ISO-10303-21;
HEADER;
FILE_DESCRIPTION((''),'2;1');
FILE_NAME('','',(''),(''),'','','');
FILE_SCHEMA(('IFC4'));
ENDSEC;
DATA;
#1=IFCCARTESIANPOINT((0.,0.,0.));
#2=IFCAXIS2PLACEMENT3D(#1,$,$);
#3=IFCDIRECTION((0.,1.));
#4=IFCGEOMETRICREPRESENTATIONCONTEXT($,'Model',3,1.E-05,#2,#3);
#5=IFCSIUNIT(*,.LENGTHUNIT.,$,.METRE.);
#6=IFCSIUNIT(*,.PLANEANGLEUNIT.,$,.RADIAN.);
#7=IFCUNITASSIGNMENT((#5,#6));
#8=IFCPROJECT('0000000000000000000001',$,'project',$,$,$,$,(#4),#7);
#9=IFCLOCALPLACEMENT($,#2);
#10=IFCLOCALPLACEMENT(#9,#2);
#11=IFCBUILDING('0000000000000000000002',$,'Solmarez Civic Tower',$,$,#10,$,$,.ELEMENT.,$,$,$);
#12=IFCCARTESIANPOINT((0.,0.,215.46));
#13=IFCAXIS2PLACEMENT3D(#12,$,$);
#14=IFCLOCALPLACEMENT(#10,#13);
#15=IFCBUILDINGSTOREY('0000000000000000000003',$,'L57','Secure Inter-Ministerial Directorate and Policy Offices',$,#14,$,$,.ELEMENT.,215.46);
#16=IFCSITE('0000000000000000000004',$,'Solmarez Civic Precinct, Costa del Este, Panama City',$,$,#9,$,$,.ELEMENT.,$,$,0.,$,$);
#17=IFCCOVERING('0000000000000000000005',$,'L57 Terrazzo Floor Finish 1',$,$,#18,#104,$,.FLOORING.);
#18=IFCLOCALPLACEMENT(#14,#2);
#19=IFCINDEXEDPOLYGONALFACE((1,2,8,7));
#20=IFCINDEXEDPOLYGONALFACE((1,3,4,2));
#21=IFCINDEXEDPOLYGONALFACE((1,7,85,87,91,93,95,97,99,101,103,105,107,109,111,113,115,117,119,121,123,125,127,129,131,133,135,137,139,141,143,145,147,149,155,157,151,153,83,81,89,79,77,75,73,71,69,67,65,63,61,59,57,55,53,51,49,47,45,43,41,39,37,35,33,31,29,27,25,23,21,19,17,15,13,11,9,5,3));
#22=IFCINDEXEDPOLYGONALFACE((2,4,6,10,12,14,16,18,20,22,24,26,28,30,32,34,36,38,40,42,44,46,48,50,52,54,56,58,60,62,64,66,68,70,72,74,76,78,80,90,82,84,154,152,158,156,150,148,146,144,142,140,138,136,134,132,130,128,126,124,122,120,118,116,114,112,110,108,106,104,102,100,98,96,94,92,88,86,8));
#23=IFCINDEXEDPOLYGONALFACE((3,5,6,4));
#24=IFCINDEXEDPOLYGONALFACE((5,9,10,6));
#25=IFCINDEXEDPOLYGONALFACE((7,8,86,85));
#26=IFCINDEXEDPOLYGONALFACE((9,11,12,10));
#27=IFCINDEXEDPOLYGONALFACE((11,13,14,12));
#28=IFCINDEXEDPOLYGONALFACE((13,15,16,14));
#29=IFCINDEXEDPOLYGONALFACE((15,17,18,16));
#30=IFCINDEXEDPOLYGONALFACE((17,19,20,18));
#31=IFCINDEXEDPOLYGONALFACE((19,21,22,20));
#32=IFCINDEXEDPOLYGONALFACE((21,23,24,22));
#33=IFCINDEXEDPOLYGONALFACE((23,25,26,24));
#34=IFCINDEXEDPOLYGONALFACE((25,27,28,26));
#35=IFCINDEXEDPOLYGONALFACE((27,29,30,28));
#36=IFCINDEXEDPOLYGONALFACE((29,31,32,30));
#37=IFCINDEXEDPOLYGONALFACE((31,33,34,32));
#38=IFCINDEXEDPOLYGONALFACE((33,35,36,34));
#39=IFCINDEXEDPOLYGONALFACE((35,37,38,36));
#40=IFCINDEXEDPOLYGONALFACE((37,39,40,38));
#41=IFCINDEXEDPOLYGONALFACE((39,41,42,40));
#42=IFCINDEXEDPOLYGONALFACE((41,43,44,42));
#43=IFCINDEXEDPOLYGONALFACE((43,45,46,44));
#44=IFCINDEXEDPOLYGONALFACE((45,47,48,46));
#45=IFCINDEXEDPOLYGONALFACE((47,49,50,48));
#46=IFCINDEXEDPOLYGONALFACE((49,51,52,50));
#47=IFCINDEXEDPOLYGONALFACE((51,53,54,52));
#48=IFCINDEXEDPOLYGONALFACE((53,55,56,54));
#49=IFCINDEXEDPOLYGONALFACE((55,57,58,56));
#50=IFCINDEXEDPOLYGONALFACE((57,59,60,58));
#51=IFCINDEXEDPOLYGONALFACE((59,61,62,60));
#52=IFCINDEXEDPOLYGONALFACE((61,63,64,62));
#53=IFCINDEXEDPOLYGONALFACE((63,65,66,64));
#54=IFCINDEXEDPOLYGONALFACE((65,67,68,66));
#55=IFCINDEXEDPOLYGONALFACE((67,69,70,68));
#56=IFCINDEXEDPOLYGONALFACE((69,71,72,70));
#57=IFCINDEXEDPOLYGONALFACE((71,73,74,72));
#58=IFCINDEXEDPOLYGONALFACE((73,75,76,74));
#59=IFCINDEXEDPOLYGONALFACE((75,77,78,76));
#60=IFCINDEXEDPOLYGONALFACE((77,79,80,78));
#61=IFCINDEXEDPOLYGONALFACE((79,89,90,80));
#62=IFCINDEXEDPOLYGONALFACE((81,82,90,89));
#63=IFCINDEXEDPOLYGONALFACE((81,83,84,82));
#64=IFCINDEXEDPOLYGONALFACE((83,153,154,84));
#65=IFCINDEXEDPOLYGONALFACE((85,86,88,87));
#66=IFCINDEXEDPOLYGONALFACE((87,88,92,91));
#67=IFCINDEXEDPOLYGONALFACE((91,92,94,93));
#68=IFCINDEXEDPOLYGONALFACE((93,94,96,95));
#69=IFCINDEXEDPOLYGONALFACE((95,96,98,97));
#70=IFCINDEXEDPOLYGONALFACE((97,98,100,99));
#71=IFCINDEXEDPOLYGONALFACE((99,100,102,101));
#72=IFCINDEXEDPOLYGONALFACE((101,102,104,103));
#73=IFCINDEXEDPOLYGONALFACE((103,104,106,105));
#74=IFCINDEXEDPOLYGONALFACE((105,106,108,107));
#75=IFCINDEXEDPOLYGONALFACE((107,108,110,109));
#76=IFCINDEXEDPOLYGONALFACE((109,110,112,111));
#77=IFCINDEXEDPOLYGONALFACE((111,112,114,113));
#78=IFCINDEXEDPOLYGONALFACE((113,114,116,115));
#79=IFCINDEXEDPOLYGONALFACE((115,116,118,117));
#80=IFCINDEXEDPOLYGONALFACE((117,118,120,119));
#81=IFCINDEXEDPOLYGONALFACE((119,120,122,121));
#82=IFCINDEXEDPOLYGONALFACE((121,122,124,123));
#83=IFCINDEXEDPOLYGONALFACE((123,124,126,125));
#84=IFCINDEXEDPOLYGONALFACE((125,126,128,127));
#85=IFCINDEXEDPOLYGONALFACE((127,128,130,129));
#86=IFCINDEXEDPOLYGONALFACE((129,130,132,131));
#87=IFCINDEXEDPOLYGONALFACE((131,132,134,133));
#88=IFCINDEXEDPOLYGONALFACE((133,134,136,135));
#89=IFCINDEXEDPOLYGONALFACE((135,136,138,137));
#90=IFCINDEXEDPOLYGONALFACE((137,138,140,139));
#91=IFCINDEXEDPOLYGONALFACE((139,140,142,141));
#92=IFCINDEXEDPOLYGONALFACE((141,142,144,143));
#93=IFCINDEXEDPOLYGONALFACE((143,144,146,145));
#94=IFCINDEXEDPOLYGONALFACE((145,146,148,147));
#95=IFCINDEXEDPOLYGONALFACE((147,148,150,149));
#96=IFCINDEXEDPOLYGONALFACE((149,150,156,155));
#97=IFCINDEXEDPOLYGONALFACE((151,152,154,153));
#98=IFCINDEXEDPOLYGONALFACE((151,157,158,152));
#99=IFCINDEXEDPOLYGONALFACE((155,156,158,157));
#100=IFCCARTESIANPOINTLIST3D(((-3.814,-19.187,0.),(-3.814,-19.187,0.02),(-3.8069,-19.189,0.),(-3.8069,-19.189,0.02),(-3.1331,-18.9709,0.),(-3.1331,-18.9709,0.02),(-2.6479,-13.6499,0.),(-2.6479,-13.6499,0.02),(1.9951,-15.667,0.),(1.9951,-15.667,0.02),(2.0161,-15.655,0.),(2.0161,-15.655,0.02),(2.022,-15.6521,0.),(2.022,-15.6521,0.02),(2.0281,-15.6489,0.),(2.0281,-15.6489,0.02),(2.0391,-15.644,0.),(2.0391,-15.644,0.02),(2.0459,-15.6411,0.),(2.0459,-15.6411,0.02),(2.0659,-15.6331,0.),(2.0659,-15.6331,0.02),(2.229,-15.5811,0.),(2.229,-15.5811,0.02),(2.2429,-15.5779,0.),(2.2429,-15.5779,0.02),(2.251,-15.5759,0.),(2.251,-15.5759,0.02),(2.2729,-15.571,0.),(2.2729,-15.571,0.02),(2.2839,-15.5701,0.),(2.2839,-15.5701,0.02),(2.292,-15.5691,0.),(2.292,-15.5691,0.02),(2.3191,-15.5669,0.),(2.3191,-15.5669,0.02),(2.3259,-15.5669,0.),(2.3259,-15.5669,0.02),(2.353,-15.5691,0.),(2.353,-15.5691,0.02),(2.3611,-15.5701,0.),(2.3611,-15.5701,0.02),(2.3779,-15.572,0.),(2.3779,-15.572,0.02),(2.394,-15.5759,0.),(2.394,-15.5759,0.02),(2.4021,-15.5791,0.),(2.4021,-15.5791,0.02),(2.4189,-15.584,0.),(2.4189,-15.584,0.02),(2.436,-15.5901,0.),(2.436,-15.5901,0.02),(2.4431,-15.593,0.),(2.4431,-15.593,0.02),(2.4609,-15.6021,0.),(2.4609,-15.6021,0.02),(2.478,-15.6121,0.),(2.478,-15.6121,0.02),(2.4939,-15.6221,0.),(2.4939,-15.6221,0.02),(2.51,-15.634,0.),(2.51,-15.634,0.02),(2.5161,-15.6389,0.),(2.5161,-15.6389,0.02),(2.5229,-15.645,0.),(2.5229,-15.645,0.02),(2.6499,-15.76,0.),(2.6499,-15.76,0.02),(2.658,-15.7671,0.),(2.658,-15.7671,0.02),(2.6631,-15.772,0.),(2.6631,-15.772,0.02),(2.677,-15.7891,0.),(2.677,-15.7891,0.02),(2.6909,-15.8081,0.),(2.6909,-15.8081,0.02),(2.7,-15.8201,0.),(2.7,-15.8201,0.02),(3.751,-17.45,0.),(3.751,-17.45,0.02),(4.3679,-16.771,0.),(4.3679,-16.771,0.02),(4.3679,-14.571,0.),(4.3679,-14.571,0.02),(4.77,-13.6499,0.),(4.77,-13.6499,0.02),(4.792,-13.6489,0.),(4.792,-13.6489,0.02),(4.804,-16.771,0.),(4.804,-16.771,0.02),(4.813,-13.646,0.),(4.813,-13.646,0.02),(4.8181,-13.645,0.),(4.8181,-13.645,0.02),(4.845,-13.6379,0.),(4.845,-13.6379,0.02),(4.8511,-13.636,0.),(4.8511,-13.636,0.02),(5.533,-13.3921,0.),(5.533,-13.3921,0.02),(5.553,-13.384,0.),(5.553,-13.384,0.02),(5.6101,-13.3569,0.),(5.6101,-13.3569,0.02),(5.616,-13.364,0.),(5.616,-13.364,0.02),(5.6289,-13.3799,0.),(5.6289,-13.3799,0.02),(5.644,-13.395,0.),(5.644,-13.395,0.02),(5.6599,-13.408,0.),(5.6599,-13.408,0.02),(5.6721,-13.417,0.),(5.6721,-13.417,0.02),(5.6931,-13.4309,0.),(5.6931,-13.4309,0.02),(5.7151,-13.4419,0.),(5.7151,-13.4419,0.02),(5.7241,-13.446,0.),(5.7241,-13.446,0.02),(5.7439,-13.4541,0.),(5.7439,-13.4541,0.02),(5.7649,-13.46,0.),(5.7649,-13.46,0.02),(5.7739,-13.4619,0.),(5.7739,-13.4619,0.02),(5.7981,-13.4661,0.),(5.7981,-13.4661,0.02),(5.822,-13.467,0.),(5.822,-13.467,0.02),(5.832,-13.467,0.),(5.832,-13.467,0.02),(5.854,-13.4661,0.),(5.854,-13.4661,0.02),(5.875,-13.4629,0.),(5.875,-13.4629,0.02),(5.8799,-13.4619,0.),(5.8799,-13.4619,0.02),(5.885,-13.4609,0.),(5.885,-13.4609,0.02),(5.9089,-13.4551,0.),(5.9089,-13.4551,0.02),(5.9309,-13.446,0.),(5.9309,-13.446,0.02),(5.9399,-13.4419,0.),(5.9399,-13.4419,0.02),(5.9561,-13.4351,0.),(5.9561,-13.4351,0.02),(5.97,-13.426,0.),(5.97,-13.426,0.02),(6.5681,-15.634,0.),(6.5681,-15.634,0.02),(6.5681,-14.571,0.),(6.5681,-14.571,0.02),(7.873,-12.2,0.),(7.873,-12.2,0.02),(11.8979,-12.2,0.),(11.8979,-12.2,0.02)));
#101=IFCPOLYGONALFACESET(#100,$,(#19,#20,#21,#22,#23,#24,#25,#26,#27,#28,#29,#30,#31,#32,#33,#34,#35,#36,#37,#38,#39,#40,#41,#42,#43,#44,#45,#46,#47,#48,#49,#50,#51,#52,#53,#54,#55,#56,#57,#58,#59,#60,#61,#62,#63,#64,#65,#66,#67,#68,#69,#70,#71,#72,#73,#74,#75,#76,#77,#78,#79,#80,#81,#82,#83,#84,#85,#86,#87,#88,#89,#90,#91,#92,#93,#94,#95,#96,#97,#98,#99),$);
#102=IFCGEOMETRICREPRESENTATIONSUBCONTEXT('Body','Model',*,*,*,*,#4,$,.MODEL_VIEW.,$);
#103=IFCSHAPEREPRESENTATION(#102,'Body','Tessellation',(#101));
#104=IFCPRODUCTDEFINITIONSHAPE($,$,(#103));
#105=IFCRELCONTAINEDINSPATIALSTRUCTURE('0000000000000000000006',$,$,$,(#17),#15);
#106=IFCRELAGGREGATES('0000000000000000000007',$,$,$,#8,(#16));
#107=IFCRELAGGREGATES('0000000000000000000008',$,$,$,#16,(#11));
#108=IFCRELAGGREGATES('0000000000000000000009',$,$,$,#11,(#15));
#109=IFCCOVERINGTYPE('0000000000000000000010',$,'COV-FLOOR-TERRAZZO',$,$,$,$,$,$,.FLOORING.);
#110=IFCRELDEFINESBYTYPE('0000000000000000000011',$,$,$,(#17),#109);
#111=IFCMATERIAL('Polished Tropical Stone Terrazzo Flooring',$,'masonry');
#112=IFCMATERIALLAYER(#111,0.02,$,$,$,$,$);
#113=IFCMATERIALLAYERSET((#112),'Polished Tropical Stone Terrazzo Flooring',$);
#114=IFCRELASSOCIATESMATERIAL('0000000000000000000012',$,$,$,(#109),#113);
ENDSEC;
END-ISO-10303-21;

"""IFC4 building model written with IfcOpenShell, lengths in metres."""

from ifc_helpers import new_model, si_unit, direction, frame, origin, place, context, subcontext, project, spatial, polyline, outline, extrude, material, layer, layer_set, type_object, element, save


model = new_model("IFC4")

# Units and contexts
model_context = context("Model", 3, precision=1e-05, world=origin(), true_north=direction((0.0, 1.0)))
body_context = subcontext(model_context, "Body", "Model", "MODEL_VIEW")
ifc_project = project(units=[si_unit("LENGTHUNIT", "METRE"), si_unit("PLANEANGLEUNIT", "RADIAN")], contexts=[model_context])

# Site, building, storey
site_placement = place(None, origin())
site = spatial("IfcSite", under=ifc_project, at=site_placement, Name="Solmarez Civic Precinct, Costa del Este, Panama City", CompositionType="ELEMENT", RefElevation=0.0)
building_placement = place(site_placement, origin())
building = spatial("IfcBuilding", under=site, at=building_placement, Name="Solmarez Civic Tower", CompositionType="ELEMENT")
storey_placement = place(building_placement, frame((0.0, 0.0, 215.46)))
storey = spatial("IfcBuildingStorey", under=building, at=storey_placement, Name="L57", Description="Secure Inter-Ministerial Directorate and Policy Offices", CompositionType="ELEMENT", Elevation=215.46)

# Covering
ifc_material_1 = material(Name="Polished Tropical Stone Terrazzo Flooring", Category="masonry")
ifc_layer_1 = layer(ifc_material_1, 0.02)
ifc_layer_set_1 = layer_set([ifc_layer_1], Name="Polished Tropical Stone Terrazzo Flooring")
covering_type_1 = type_object("IfcCoveringType", Name="COV-FLOOR-TERRAZZO", PredefinedType="FLOORING", material=ifc_layer_set_1)
covering_1_placement = place(storey_placement, origin())
element("IfcCovering", 1, at=covering_1_placement, inside=storey, type_object=covering_type_1, Name="L57 Terrazzo Floor Finish 1", PredefinedType="FLOORING", context=body_context, shape_type="SweptSolid", body=[
    extrude(outline(polyline([(2.478, -15.6121), (2.4939, -15.6221), (2.51, -15.634), (2.5161, -15.6389), (2.5229, -15.645), (2.6499, -15.76), (2.658, -15.7671), (2.6631, -15.772), (2.677, -15.7891), (2.6909, -15.8081), (2.7, -15.8201), (3.751, -17.45), (4.804, -16.771), (4.3679, -16.771), (4.3679, -14.571), (6.5681, -14.571), (6.5681, -15.634), (11.8979, -12.2), (7.873, -12.2), (5.97, -13.426), (5.9561, -13.4351), (5.9399, -13.4419), (5.9309, -13.446), (5.9089, -13.4551), (5.885, -13.4609), (5.8799, -13.4619), (5.875, -13.4629), (5.854, -13.4661), (5.832, -13.467), (5.822, -13.467), (5.7981, -13.4661), (5.7739, -13.4619), (5.7649, -13.46), (5.7439, -13.4541), (5.7241, -13.446), (5.7151, -13.4419), (5.6931, -13.4309), (5.6721, -13.417), (5.6599, -13.408), (5.644, -13.395), (5.6289, -13.3799), (5.616, -13.364), (5.6101, -13.3569), (5.553, -13.384), (5.533, -13.3921), (4.8511, -13.636), (4.845, -13.6379), (4.8181, -13.645), (4.813, -13.646), (4.792, -13.6489), (4.77, -13.6499), (-2.6479, -13.6499), (-3.814, -19.187), (-3.8069, -19.189), (-3.1331, -18.9709), (1.9951, -15.667), (2.0161, -15.655), (2.022, -15.6521), (2.0281, -15.6489), (2.0391, -15.644), (2.0459, -15.6411), (2.0659, -15.6331), (2.229, -15.5811), (2.2429, -15.5779), (2.251, -15.5759), (2.2729, -15.571), (2.2839, -15.5701), (2.292, -15.5691), (2.3191, -15.5669), (2.3259, -15.5669), (2.353, -15.5691), (2.3611, -15.5701), (2.3779, -15.572), (2.394, -15.5759), (2.4021, -15.5791), (2.4189, -15.584), (2.436, -15.5901), (2.4431, -15.593), (2.4609, -15.6021), (2.478, -15.6121)])), origin(), (0.0, 0.0, 1.0), 0.02),
])

save(model, "model.ifc")
